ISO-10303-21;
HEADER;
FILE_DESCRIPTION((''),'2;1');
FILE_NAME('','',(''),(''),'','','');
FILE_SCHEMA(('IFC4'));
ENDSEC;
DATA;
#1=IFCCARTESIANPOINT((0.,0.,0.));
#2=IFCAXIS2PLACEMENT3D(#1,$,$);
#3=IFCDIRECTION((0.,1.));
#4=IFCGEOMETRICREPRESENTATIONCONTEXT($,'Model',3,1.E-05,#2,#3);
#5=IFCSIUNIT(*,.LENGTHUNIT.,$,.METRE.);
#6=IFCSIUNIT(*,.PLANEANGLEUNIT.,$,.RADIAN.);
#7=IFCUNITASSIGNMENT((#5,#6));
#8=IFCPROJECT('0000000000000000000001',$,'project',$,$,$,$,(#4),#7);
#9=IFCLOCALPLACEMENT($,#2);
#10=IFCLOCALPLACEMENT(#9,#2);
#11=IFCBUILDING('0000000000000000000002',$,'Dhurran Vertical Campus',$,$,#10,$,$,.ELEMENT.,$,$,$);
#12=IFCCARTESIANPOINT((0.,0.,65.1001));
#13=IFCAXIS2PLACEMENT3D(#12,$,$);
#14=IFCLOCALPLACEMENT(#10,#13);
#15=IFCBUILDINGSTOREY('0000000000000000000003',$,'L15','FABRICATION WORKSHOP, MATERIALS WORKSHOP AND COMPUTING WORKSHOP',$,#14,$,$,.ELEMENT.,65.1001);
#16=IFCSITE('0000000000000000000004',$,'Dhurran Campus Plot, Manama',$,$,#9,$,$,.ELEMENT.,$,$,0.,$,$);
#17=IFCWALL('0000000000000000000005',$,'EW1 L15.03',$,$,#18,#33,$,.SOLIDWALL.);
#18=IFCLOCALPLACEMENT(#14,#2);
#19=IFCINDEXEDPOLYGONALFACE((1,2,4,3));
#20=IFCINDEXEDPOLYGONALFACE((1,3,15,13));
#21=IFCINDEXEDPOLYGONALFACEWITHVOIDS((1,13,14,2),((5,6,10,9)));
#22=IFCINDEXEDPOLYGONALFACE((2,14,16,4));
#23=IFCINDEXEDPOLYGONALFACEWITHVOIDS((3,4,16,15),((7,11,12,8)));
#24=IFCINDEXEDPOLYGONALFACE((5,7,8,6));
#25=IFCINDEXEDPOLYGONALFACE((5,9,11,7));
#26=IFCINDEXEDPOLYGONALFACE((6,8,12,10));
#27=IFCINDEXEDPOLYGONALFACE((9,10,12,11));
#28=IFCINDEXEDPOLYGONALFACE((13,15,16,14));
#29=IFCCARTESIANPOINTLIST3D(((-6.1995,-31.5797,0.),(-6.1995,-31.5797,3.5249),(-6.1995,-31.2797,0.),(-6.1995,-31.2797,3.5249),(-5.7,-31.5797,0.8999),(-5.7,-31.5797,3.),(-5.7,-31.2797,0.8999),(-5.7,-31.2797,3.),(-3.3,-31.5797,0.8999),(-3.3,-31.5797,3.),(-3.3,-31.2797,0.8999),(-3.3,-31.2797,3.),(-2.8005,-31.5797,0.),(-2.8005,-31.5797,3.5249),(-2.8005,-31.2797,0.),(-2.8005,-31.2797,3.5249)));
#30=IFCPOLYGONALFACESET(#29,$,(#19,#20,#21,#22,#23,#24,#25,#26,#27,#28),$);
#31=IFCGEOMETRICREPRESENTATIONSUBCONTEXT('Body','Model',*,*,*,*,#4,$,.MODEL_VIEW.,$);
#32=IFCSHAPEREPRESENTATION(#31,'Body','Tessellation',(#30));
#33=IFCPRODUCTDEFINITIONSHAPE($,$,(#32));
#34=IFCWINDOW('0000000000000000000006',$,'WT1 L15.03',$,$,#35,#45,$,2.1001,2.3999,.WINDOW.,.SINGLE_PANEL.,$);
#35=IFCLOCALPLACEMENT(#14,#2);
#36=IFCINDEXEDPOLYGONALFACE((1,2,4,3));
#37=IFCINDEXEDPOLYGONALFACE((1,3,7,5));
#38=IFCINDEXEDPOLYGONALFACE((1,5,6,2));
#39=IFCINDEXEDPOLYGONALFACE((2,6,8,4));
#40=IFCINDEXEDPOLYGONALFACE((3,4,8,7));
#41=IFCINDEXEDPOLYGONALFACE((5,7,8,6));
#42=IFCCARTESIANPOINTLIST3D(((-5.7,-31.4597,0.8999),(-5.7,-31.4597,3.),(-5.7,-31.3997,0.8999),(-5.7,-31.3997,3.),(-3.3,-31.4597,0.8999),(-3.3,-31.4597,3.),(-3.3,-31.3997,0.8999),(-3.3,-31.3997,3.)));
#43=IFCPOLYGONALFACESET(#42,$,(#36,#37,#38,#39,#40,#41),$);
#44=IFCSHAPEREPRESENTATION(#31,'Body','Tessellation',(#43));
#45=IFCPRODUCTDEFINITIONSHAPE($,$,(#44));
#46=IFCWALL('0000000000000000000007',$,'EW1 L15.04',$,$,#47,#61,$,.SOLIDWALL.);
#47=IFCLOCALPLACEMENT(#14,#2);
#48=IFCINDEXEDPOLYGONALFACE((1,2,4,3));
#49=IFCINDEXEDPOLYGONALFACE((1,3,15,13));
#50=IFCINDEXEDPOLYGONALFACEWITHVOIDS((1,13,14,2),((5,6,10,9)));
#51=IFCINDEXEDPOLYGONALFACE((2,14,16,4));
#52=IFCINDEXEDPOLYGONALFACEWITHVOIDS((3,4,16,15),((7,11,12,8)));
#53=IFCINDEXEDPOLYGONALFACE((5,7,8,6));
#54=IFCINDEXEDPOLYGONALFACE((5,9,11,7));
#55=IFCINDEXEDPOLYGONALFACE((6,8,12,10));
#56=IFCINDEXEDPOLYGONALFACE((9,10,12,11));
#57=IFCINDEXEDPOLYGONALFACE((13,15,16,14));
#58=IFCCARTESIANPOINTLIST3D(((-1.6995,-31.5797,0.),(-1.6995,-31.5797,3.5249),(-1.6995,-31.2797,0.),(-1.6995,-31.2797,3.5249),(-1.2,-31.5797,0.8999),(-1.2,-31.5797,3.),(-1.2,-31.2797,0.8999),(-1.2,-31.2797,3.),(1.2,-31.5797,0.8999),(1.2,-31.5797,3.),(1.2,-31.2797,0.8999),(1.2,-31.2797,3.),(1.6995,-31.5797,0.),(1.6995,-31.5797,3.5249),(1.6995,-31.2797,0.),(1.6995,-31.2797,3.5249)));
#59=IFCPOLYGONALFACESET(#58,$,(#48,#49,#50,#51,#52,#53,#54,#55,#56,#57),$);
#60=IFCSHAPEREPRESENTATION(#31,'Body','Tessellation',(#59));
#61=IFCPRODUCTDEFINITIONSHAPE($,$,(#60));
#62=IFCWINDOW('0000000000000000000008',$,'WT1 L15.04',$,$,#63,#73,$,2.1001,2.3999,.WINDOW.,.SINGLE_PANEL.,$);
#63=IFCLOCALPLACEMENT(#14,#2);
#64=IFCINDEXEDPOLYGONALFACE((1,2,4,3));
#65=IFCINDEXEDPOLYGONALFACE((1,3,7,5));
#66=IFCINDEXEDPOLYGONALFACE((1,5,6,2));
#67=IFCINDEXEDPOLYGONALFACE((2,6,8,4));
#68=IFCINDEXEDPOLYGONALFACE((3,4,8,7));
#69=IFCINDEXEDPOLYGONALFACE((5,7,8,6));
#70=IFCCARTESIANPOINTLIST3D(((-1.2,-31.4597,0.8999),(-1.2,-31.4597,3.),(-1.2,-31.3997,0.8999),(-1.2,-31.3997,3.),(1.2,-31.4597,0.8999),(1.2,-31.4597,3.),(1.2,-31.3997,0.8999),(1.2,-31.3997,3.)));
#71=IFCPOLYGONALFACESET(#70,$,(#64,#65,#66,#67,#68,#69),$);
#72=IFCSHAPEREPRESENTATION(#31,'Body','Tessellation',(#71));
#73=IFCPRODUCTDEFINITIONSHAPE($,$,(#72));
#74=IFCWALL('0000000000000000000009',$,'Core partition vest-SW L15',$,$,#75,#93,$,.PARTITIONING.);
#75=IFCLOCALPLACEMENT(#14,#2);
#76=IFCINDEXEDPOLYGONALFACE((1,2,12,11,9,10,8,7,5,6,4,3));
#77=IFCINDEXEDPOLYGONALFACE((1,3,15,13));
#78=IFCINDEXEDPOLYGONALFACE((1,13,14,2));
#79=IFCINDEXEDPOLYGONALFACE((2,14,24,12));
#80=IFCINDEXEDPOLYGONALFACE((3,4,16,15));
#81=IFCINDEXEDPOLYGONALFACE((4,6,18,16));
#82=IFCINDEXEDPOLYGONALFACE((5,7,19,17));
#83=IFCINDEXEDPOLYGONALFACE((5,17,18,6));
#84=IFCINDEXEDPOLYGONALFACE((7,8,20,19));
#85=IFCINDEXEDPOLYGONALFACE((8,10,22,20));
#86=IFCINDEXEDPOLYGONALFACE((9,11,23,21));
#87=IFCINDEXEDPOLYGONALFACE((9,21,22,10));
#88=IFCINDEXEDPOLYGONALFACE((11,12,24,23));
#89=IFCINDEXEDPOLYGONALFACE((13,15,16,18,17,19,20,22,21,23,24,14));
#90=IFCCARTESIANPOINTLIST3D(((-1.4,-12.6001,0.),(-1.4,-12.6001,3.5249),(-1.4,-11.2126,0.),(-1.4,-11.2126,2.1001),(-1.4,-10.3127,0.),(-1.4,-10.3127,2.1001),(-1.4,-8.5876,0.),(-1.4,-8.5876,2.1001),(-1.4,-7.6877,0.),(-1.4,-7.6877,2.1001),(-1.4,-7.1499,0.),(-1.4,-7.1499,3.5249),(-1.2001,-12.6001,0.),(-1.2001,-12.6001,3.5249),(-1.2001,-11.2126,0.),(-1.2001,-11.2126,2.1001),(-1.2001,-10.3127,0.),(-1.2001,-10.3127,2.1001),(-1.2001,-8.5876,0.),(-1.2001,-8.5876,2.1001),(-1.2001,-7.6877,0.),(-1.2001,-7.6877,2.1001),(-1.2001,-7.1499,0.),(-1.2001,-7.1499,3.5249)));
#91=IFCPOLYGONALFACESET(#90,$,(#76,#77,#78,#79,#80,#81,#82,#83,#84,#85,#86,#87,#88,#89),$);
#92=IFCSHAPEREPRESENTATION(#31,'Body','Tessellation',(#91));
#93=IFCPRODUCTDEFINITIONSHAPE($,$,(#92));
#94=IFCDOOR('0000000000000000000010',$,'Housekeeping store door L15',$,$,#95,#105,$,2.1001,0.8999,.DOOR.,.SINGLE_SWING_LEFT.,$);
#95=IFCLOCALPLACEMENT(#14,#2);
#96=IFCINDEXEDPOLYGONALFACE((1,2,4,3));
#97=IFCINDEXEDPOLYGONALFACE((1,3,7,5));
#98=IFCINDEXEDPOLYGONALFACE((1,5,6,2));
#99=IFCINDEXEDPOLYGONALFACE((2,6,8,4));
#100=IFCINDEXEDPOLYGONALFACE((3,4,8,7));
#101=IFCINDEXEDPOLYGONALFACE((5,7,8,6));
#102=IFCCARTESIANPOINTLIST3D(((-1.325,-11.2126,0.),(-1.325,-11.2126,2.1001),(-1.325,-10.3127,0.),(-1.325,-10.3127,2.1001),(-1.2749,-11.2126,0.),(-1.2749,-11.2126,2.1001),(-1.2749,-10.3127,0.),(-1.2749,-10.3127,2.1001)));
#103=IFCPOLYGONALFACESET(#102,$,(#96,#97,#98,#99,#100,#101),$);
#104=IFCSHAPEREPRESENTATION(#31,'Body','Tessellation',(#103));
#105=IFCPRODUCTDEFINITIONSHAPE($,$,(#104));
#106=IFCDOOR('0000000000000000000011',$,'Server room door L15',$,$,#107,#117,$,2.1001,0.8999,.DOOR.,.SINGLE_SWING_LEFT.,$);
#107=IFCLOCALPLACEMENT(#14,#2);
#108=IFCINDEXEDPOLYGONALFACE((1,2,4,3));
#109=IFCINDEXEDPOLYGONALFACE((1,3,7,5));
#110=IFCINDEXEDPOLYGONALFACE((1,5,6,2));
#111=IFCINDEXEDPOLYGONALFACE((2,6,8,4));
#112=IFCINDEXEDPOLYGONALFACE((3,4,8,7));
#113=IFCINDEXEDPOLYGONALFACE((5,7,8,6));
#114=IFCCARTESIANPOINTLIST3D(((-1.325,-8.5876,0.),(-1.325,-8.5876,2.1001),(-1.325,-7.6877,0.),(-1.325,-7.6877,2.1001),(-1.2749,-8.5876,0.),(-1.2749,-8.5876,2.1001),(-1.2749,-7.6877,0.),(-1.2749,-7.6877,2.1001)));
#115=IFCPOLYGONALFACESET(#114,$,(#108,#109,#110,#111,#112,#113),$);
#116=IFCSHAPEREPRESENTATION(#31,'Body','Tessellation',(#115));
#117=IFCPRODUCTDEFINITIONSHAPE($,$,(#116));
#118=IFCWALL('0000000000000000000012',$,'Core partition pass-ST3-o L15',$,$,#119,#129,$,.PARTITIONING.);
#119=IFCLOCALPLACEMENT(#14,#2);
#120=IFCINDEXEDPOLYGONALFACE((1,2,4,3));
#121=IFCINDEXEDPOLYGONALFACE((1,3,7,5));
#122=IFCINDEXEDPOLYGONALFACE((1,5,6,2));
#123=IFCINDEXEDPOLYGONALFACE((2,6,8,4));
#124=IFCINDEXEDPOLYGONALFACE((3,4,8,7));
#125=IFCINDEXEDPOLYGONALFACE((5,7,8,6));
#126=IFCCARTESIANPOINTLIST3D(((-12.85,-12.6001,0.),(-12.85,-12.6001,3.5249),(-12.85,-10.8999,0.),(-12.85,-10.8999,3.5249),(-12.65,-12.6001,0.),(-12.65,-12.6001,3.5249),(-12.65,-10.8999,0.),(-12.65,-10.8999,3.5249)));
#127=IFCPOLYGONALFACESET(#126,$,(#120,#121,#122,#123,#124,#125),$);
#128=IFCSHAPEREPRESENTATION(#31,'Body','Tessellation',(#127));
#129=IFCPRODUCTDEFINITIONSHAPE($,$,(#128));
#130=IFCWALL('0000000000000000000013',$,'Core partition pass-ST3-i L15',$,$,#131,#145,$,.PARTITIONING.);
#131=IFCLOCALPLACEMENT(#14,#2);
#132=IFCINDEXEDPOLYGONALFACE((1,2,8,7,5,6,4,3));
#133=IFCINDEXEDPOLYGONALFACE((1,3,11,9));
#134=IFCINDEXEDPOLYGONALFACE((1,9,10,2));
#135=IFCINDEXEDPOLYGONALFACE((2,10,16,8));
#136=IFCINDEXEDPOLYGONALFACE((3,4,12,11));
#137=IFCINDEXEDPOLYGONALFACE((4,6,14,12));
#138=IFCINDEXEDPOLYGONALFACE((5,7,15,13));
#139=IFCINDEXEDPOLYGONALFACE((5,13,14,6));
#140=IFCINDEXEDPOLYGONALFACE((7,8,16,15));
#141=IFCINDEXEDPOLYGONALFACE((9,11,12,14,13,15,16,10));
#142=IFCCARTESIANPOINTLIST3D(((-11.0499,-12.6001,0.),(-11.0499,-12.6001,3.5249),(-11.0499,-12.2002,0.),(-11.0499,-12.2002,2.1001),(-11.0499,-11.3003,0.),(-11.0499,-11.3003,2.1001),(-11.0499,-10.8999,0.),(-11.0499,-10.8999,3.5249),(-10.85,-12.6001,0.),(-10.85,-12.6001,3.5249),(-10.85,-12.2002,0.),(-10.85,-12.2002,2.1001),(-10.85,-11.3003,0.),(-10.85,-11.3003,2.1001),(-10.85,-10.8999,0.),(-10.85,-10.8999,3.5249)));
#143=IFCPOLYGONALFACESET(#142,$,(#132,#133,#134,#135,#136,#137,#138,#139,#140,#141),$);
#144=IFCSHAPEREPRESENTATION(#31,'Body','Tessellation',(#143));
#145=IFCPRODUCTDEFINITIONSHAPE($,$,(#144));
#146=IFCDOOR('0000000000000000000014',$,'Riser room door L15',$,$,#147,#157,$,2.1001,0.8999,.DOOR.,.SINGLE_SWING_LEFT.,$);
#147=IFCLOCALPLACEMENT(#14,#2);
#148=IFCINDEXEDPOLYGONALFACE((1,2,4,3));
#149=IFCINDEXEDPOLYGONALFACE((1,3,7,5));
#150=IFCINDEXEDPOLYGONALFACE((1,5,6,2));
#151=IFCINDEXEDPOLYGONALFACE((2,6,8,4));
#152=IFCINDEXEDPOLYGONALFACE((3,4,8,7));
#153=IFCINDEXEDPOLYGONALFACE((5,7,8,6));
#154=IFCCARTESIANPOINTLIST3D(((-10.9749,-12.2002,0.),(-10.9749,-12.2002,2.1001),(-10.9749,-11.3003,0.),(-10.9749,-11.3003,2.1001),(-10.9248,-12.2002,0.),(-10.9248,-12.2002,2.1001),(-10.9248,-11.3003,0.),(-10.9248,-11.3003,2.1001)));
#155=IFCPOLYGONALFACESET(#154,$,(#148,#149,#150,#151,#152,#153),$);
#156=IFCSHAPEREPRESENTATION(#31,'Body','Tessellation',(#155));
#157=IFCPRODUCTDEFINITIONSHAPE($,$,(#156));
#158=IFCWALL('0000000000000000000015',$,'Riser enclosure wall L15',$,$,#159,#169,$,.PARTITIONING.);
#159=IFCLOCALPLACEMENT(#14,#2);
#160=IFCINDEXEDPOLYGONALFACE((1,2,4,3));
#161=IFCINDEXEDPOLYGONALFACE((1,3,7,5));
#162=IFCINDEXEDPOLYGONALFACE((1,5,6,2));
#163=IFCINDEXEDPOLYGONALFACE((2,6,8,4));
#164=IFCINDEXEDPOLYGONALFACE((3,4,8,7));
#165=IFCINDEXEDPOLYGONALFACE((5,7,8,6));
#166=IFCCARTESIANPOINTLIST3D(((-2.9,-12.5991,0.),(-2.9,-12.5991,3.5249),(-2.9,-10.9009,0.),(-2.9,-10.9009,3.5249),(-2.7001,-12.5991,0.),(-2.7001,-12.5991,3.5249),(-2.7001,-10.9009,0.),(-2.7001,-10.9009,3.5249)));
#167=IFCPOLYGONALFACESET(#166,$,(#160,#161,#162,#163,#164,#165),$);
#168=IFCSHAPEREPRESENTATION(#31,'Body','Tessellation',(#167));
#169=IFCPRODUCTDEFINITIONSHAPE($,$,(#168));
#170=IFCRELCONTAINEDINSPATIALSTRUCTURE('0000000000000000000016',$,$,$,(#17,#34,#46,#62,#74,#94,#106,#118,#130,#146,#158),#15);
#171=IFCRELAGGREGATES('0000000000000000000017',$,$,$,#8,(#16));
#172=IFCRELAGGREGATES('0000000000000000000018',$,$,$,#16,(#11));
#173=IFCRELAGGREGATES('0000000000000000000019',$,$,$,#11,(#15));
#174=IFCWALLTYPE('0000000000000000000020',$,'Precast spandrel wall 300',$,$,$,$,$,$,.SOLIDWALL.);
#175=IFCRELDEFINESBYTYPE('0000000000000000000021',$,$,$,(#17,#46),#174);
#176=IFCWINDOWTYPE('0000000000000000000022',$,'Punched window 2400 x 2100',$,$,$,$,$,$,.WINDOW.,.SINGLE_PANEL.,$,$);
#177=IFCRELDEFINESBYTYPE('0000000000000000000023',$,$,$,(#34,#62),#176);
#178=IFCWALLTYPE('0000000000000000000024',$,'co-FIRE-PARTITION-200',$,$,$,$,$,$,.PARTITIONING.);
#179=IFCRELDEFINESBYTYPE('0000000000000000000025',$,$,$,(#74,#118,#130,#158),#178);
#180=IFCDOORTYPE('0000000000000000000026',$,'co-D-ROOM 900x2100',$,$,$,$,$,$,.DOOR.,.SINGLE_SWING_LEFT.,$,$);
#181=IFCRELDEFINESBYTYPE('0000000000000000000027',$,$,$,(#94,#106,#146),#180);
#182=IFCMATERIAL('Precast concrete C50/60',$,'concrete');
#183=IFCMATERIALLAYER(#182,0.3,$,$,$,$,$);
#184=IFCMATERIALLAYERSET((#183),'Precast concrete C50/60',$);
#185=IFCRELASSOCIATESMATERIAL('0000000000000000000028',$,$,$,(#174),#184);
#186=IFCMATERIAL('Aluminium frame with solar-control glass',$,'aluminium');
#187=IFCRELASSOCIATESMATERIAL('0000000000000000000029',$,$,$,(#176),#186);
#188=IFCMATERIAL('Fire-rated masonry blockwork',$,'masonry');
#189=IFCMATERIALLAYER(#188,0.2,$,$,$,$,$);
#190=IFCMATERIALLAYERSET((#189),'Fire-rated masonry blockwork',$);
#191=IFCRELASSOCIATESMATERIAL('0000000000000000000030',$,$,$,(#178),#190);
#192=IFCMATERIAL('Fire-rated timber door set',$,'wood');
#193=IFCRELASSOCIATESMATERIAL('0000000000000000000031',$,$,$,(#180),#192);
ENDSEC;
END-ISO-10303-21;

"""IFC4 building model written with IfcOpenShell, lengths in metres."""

from ifc_helpers import new_model, si_unit, direction, frame, frame_2d, origin, place, context, subcontext, project, spatial, rectangle, extrude, material, layer, layer_set, type_object, element, fill, save


model = new_model("IFC4")

# Units and contexts
model_context = context("Model", 3, precision=1e-05, world=origin(), true_north=direction((0.0, 1.0)))
body_context = subcontext(model_context, "Body", "Model", "MODEL_VIEW")
ifc_project = project(units=[si_unit("LENGTHUNIT", "METRE"), si_unit("PLANEANGLEUNIT", "RADIAN")], contexts=[model_context])

# Site, building, storey
site_placement = place(None, origin())
site = spatial("IfcSite", under=ifc_project, at=site_placement, Name="Dhurran Campus Plot, Manama", CompositionType="ELEMENT", RefElevation=0.0)
building_placement = place(site_placement, origin())
building = spatial("IfcBuilding", under=site, at=building_placement, Name="Dhurran Vertical Campus", CompositionType="ELEMENT")
storey_placement = place(building_placement, frame((0.0, 0.0, 65.1001)))
storey = spatial("IfcBuildingStorey", under=building, at=storey_placement, Name="L15", Description="FABRICATION WORKSHOP, MATERIALS WORKSHOP AND COMPUTING WORKSHOP", CompositionType="ELEMENT", Elevation=65.1001)

# Walls, openings, windows
ifc_material_1 = material(Name="Precast concrete C50/60", Category="concrete")
ifc_layer_1 = layer(ifc_material_1, 0.3)
ifc_layer_set_1 = layer_set([ifc_layer_1], Name="Precast concrete C50/60")
wall_type_1 = type_object("IfcWallType", Name="Precast spandrel wall 300", PredefinedType="SOLIDWALL", material=ifc_layer_set_1)
ifc_material_2 = material(Name="Aluminium frame with solar-control glass", Category="aluminium")
window_type = type_object("IfcWindowType", Name="Punched window 2400 x 2100", PartitioningType="SINGLE_PANEL", PredefinedType="WINDOW", material=ifc_material_2)
wall_1_placement = place(storey_placement, frame((-6.1995, -31.4297, 0.0), z_axis=(0.0, 0.0, 1.0), x_axis=(1.0, 0.0, 0.0)))
wall_1 = element("IfcWall", 1, at=wall_1_placement, inside=storey, type_object=wall_type_1, Name="EW1 L15.03", PredefinedType="SOLIDWALL", context=body_context, shape_type="SweptSolid", body=[
    extrude(rectangle(XDim=3.3989, YDim=0.3, at=frame_2d((1.6995, 0.0))), origin(), (0.0, 0.0, 1.0), 3.5249),
])
opening_1_placement = place(wall_1_placement, frame((0.4995, 0.0, 0.8999)))
opening_1 = element("IfcOpeningElement", 2, at=opening_1_placement, cuts=wall_1, PredefinedType="OPENING", context=body_context, shape_type="SweptSolid", body=[
    extrude(rectangle(XDim=2.3999, YDim=2.1001, at=frame_2d((1.2, 1.05))), frame((0.0, 0.1599, 0.0), z_axis=(0.0, -1.0, 0.0), x_axis=(1.0, 0.0, 0.0)), (0.0, 0.0, 1.0), 0.3201),
])
window_1_placement = place(opening_1_placement, origin())
window_1 = element("IfcWindow", 3, at=window_1_placement, inside=storey, type_object=window_type, Name="WT1 L15.03", OverallHeight=2.1001, OverallWidth=2.3999, PartitioningType="SINGLE_PANEL", PredefinedType="WINDOW", context=body_context, shape_type="SweptSolid", body=[
    extrude(rectangle(XDim=2.3999, YDim=2.1001, at=frame_2d((1.2, 1.05))), frame((0.0, 0.03, 0.0), z_axis=(0.0, -1.0, 0.0), x_axis=(1.0, 0.0, 0.0)), (0.0, 0.0, 1.0), 0.0601),
])
fill(opening_1, window_1)
wall_2_placement = place(storey_placement, frame((-1.6995, -31.4297, 0.0), z_axis=(0.0, 0.0, 1.0), x_axis=(1.0, 0.0, 0.0)))
wall_2 = element("IfcWall", 4, at=wall_2_placement, inside=storey, type_object=wall_type_1, Name="EW1 L15.04", PredefinedType="SOLIDWALL", context=body_context, shape_type="SweptSolid", body=[
    extrude(rectangle(XDim=3.3989, YDim=0.3, at=frame_2d((1.6995, 0.0))), origin(), (0.0, 0.0, 1.0), 3.5249),
])
opening_2_placement = place(wall_2_placement, frame((0.4995, 0.0, 0.8999)))
opening_2 = element("IfcOpeningElement", 5, at=opening_2_placement, cuts=wall_2, PredefinedType="OPENING", context=body_context, shape_type="SweptSolid", body=[
    extrude(rectangle(XDim=2.3999, YDim=2.1001, at=frame_2d((1.2, 1.05))), frame((0.0, 0.1599, 0.0), z_axis=(0.0, -1.0, 0.0), x_axis=(1.0, 0.0, 0.0)), (0.0, 0.0, 1.0), 0.3201),
])
window_2_placement = place(opening_2_placement, origin())
window_2 = element("IfcWindow", 6, at=window_2_placement, inside=storey, type_object=window_type, Name="WT1 L15.04", OverallHeight=2.1001, OverallWidth=2.3999, PartitioningType="SINGLE_PANEL", PredefinedType="WINDOW", context=body_context, shape_type="SweptSolid", body=[
    extrude(rectangle(XDim=2.3999, YDim=2.1001, at=frame_2d((1.2, 1.05))), frame((0.0, 0.03, 0.0), z_axis=(0.0, -1.0, 0.0), x_axis=(1.0, 0.0, 0.0)), (0.0, 0.0, 1.0), 0.0601),
])
fill(opening_2, window_2)

# Wall, openings, doors
ifc_material_3 = material(Name="Fire-rated masonry blockwork", Category="masonry")
ifc_layer_2 = layer(ifc_material_3, 0.2)
ifc_layer_set_2 = layer_set([ifc_layer_2], Name="Fire-rated masonry blockwork")
wall_type_2 = type_object("IfcWallType", Name="co-FIRE-PARTITION-200", PredefinedType="PARTITIONING", material=ifc_layer_set_2)
wall_3_placement = place(storey_placement, frame((-1.3, -12.6001, 0.0), z_axis=(0.0, 0.0, 1.0), x_axis=(0.0, 1.0, 0.0)))
wall_3 = element("IfcWall", 7, at=wall_3_placement, inside=storey, type_object=wall_type_2, Name="Core partition vest-SW L15", PredefinedType="PARTITIONING", context=body_context, shape_type="SweptSolid", body=[
    extrude(rectangle(XDim=5.4502, YDim=0.2, at=frame_2d((2.7251, 0.0))), origin(), (0.0, 0.0, 1.0), 3.5249),
])
opening_3_placement = place(wall_3_placement, frame((1.3875, 0.0, 0.0)))
opening_3 = element("IfcOpeningElement", 8, at=opening_3_placement, cuts=wall_3, PredefinedType="OPENING", context=body_context, shape_type="SweptSolid", body=[
    extrude(rectangle(XDim=0.8999, YDim=2.1001, at=frame_2d((0.45, 1.05))), frame((0.0, 0.1099, 0.0), z_axis=(0.0, -1.0, 0.0), x_axis=(1.0, 0.0, 0.0)), (0.0, 0.0, 1.0), 0.22),
])
opening_4_placement = place(wall_3_placement, frame((4.0125, 0.0, 0.0)))
opening_4 = element("IfcOpeningElement", 9, at=opening_4_placement, cuts=wall_3, PredefinedType="OPENING", context=body_context, shape_type="SweptSolid", body=[
    extrude(rectangle(XDim=0.8999, YDim=2.1001, at=frame_2d((0.45, 1.05))), frame((0.0, 0.1099, 0.0), z_axis=(0.0, -1.0, 0.0), x_axis=(1.0, 0.0, 0.0)), (0.0, 0.0, 1.0), 0.22),
])
ifc_material_4 = material(Name="Fire-rated timber door set", Category="wood")
door_type_1 = type_object("IfcDoorType", Name="co-D-ROOM 900x2100", OperationType="SINGLE_SWING_LEFT", PredefinedType="DOOR", material=ifc_material_4)
door_1_placement = place(opening_3_placement, origin())
door_1 = element("IfcDoor", 10, at=door_1_placement, inside=storey, type_object=door_type_1, Name="Housekeeping store door L15", OperationType="SINGLE_SWING_LEFT", OverallHeight=2.1001, OverallWidth=0.8999, PredefinedType="DOOR", context=body_context, shape_type="SweptSolid", body=[
    extrude(rectangle(XDim=0.8999, YDim=2.1001, at=frame_2d((0.45, 1.05))), frame((0.0, 0.0249, 0.0), z_axis=(0.0, -1.0, 0.0), x_axis=(1.0, 0.0, 0.0)), (0.0, 0.0, 1.0), 0.05),
])
fill(opening_3, door_1)
door_2_placement = place(opening_4_placement, origin())
door_2 = element("IfcDoor", 11, at=door_2_placement, inside=storey, type_object=door_type_1, Name="Server room door L15", OperationType="SINGLE_SWING_LEFT", OverallHeight=2.1001, OverallWidth=0.8999, PredefinedType="DOOR", context=body_context, shape_type="SweptSolid", body=[
    extrude(rectangle(XDim=0.8999, YDim=2.1001, at=frame_2d((0.45, 1.05))), frame((0.0, 0.0249, 0.0), z_axis=(0.0, -1.0, 0.0), x_axis=(1.0, 0.0, 0.0)), (0.0, 0.0, 1.0), 0.05),
])
fill(opening_4, door_2)

# Wall
wall_4_placement = place(storey_placement, frame((-12.75, -12.6001, 0.0), z_axis=(0.0, 0.0, 1.0), x_axis=(0.0, 1.0, 0.0)))
element("IfcWall", 12, at=wall_4_placement, inside=storey, type_object=wall_type_2, Name="Core partition pass-ST3-o L15", PredefinedType="PARTITIONING", context=body_context, shape_type="SweptSolid", body=[
    extrude(rectangle(XDim=1.7002, YDim=0.2, at=frame_2d((0.8501, 0.0))), origin(), (0.0, 0.0, 1.0), 3.5249),
])

# Wall, opening, door
wall_5_placement = place(storey_placement, frame((-10.95, -12.6001, 0.0), z_axis=(0.0, 0.0, 1.0), x_axis=(0.0, 1.0, 0.0)))
wall_5 = element("IfcWall", 13, at=wall_5_placement, inside=storey, type_object=wall_type_2, Name="Core partition pass-ST3-i L15", PredefinedType="PARTITIONING", context=body_context, shape_type="SweptSolid", body=[
    extrude(rectangle(XDim=1.7002, YDim=0.2, at=frame_2d((0.8501, 0.0))), origin(), (0.0, 0.0, 1.0), 3.5249),
])
opening_5_placement = place(wall_5_placement, frame((0.3999, 0.0, 0.0)))
opening_5 = element("IfcOpeningElement", 14, at=opening_5_placement, cuts=wall_5, PredefinedType="OPENING", context=body_context, shape_type="SweptSolid", body=[
    extrude(rectangle(XDim=0.8999, YDim=2.1001, at=frame_2d((0.45, 1.05))), frame((0.0, 0.1099, 0.0), z_axis=(0.0, -1.0, 0.0), x_axis=(1.0, 0.0, 0.0)), (0.0, 0.0, 1.0), 0.22),
])
door_3_placement = place(opening_5_placement, origin())
door_3 = element("IfcDoor", 15, at=door_3_placement, inside=storey, type_object=door_type_1, Name="Riser room door L15", OperationType="SINGLE_SWING_LEFT", OverallHeight=2.1001, OverallWidth=0.8999, PredefinedType="DOOR", context=body_context, shape_type="SweptSolid", body=[
    extrude(rectangle(XDim=0.8999, YDim=2.1001, at=frame_2d((0.45, 1.05))), frame((0.0, 0.0249, 0.0), z_axis=(0.0, -1.0, 0.0), x_axis=(1.0, 0.0, 0.0)), (0.0, 0.0, 1.0), 0.05),
])
fill(opening_5, door_3)

# Wall
wall_6_placement = place(storey_placement, frame((-2.8, -12.5991, 0.0), z_axis=(0.0, 0.0, 1.0), x_axis=(0.0, 1.0, 0.0)))
element("IfcWall", 16, at=wall_6_placement, inside=storey, type_object=wall_type_2, Name="Riser enclosure wall L15", PredefinedType="PARTITIONING", context=body_context, shape_type="SweptSolid", body=[
    extrude(rectangle(XDim=1.6982, YDim=0.2, at=frame_2d((0.8491, 0.0))), origin(), (0.0, 0.0, 1.0), 3.5249),
])

save(model, "model.ifc")
